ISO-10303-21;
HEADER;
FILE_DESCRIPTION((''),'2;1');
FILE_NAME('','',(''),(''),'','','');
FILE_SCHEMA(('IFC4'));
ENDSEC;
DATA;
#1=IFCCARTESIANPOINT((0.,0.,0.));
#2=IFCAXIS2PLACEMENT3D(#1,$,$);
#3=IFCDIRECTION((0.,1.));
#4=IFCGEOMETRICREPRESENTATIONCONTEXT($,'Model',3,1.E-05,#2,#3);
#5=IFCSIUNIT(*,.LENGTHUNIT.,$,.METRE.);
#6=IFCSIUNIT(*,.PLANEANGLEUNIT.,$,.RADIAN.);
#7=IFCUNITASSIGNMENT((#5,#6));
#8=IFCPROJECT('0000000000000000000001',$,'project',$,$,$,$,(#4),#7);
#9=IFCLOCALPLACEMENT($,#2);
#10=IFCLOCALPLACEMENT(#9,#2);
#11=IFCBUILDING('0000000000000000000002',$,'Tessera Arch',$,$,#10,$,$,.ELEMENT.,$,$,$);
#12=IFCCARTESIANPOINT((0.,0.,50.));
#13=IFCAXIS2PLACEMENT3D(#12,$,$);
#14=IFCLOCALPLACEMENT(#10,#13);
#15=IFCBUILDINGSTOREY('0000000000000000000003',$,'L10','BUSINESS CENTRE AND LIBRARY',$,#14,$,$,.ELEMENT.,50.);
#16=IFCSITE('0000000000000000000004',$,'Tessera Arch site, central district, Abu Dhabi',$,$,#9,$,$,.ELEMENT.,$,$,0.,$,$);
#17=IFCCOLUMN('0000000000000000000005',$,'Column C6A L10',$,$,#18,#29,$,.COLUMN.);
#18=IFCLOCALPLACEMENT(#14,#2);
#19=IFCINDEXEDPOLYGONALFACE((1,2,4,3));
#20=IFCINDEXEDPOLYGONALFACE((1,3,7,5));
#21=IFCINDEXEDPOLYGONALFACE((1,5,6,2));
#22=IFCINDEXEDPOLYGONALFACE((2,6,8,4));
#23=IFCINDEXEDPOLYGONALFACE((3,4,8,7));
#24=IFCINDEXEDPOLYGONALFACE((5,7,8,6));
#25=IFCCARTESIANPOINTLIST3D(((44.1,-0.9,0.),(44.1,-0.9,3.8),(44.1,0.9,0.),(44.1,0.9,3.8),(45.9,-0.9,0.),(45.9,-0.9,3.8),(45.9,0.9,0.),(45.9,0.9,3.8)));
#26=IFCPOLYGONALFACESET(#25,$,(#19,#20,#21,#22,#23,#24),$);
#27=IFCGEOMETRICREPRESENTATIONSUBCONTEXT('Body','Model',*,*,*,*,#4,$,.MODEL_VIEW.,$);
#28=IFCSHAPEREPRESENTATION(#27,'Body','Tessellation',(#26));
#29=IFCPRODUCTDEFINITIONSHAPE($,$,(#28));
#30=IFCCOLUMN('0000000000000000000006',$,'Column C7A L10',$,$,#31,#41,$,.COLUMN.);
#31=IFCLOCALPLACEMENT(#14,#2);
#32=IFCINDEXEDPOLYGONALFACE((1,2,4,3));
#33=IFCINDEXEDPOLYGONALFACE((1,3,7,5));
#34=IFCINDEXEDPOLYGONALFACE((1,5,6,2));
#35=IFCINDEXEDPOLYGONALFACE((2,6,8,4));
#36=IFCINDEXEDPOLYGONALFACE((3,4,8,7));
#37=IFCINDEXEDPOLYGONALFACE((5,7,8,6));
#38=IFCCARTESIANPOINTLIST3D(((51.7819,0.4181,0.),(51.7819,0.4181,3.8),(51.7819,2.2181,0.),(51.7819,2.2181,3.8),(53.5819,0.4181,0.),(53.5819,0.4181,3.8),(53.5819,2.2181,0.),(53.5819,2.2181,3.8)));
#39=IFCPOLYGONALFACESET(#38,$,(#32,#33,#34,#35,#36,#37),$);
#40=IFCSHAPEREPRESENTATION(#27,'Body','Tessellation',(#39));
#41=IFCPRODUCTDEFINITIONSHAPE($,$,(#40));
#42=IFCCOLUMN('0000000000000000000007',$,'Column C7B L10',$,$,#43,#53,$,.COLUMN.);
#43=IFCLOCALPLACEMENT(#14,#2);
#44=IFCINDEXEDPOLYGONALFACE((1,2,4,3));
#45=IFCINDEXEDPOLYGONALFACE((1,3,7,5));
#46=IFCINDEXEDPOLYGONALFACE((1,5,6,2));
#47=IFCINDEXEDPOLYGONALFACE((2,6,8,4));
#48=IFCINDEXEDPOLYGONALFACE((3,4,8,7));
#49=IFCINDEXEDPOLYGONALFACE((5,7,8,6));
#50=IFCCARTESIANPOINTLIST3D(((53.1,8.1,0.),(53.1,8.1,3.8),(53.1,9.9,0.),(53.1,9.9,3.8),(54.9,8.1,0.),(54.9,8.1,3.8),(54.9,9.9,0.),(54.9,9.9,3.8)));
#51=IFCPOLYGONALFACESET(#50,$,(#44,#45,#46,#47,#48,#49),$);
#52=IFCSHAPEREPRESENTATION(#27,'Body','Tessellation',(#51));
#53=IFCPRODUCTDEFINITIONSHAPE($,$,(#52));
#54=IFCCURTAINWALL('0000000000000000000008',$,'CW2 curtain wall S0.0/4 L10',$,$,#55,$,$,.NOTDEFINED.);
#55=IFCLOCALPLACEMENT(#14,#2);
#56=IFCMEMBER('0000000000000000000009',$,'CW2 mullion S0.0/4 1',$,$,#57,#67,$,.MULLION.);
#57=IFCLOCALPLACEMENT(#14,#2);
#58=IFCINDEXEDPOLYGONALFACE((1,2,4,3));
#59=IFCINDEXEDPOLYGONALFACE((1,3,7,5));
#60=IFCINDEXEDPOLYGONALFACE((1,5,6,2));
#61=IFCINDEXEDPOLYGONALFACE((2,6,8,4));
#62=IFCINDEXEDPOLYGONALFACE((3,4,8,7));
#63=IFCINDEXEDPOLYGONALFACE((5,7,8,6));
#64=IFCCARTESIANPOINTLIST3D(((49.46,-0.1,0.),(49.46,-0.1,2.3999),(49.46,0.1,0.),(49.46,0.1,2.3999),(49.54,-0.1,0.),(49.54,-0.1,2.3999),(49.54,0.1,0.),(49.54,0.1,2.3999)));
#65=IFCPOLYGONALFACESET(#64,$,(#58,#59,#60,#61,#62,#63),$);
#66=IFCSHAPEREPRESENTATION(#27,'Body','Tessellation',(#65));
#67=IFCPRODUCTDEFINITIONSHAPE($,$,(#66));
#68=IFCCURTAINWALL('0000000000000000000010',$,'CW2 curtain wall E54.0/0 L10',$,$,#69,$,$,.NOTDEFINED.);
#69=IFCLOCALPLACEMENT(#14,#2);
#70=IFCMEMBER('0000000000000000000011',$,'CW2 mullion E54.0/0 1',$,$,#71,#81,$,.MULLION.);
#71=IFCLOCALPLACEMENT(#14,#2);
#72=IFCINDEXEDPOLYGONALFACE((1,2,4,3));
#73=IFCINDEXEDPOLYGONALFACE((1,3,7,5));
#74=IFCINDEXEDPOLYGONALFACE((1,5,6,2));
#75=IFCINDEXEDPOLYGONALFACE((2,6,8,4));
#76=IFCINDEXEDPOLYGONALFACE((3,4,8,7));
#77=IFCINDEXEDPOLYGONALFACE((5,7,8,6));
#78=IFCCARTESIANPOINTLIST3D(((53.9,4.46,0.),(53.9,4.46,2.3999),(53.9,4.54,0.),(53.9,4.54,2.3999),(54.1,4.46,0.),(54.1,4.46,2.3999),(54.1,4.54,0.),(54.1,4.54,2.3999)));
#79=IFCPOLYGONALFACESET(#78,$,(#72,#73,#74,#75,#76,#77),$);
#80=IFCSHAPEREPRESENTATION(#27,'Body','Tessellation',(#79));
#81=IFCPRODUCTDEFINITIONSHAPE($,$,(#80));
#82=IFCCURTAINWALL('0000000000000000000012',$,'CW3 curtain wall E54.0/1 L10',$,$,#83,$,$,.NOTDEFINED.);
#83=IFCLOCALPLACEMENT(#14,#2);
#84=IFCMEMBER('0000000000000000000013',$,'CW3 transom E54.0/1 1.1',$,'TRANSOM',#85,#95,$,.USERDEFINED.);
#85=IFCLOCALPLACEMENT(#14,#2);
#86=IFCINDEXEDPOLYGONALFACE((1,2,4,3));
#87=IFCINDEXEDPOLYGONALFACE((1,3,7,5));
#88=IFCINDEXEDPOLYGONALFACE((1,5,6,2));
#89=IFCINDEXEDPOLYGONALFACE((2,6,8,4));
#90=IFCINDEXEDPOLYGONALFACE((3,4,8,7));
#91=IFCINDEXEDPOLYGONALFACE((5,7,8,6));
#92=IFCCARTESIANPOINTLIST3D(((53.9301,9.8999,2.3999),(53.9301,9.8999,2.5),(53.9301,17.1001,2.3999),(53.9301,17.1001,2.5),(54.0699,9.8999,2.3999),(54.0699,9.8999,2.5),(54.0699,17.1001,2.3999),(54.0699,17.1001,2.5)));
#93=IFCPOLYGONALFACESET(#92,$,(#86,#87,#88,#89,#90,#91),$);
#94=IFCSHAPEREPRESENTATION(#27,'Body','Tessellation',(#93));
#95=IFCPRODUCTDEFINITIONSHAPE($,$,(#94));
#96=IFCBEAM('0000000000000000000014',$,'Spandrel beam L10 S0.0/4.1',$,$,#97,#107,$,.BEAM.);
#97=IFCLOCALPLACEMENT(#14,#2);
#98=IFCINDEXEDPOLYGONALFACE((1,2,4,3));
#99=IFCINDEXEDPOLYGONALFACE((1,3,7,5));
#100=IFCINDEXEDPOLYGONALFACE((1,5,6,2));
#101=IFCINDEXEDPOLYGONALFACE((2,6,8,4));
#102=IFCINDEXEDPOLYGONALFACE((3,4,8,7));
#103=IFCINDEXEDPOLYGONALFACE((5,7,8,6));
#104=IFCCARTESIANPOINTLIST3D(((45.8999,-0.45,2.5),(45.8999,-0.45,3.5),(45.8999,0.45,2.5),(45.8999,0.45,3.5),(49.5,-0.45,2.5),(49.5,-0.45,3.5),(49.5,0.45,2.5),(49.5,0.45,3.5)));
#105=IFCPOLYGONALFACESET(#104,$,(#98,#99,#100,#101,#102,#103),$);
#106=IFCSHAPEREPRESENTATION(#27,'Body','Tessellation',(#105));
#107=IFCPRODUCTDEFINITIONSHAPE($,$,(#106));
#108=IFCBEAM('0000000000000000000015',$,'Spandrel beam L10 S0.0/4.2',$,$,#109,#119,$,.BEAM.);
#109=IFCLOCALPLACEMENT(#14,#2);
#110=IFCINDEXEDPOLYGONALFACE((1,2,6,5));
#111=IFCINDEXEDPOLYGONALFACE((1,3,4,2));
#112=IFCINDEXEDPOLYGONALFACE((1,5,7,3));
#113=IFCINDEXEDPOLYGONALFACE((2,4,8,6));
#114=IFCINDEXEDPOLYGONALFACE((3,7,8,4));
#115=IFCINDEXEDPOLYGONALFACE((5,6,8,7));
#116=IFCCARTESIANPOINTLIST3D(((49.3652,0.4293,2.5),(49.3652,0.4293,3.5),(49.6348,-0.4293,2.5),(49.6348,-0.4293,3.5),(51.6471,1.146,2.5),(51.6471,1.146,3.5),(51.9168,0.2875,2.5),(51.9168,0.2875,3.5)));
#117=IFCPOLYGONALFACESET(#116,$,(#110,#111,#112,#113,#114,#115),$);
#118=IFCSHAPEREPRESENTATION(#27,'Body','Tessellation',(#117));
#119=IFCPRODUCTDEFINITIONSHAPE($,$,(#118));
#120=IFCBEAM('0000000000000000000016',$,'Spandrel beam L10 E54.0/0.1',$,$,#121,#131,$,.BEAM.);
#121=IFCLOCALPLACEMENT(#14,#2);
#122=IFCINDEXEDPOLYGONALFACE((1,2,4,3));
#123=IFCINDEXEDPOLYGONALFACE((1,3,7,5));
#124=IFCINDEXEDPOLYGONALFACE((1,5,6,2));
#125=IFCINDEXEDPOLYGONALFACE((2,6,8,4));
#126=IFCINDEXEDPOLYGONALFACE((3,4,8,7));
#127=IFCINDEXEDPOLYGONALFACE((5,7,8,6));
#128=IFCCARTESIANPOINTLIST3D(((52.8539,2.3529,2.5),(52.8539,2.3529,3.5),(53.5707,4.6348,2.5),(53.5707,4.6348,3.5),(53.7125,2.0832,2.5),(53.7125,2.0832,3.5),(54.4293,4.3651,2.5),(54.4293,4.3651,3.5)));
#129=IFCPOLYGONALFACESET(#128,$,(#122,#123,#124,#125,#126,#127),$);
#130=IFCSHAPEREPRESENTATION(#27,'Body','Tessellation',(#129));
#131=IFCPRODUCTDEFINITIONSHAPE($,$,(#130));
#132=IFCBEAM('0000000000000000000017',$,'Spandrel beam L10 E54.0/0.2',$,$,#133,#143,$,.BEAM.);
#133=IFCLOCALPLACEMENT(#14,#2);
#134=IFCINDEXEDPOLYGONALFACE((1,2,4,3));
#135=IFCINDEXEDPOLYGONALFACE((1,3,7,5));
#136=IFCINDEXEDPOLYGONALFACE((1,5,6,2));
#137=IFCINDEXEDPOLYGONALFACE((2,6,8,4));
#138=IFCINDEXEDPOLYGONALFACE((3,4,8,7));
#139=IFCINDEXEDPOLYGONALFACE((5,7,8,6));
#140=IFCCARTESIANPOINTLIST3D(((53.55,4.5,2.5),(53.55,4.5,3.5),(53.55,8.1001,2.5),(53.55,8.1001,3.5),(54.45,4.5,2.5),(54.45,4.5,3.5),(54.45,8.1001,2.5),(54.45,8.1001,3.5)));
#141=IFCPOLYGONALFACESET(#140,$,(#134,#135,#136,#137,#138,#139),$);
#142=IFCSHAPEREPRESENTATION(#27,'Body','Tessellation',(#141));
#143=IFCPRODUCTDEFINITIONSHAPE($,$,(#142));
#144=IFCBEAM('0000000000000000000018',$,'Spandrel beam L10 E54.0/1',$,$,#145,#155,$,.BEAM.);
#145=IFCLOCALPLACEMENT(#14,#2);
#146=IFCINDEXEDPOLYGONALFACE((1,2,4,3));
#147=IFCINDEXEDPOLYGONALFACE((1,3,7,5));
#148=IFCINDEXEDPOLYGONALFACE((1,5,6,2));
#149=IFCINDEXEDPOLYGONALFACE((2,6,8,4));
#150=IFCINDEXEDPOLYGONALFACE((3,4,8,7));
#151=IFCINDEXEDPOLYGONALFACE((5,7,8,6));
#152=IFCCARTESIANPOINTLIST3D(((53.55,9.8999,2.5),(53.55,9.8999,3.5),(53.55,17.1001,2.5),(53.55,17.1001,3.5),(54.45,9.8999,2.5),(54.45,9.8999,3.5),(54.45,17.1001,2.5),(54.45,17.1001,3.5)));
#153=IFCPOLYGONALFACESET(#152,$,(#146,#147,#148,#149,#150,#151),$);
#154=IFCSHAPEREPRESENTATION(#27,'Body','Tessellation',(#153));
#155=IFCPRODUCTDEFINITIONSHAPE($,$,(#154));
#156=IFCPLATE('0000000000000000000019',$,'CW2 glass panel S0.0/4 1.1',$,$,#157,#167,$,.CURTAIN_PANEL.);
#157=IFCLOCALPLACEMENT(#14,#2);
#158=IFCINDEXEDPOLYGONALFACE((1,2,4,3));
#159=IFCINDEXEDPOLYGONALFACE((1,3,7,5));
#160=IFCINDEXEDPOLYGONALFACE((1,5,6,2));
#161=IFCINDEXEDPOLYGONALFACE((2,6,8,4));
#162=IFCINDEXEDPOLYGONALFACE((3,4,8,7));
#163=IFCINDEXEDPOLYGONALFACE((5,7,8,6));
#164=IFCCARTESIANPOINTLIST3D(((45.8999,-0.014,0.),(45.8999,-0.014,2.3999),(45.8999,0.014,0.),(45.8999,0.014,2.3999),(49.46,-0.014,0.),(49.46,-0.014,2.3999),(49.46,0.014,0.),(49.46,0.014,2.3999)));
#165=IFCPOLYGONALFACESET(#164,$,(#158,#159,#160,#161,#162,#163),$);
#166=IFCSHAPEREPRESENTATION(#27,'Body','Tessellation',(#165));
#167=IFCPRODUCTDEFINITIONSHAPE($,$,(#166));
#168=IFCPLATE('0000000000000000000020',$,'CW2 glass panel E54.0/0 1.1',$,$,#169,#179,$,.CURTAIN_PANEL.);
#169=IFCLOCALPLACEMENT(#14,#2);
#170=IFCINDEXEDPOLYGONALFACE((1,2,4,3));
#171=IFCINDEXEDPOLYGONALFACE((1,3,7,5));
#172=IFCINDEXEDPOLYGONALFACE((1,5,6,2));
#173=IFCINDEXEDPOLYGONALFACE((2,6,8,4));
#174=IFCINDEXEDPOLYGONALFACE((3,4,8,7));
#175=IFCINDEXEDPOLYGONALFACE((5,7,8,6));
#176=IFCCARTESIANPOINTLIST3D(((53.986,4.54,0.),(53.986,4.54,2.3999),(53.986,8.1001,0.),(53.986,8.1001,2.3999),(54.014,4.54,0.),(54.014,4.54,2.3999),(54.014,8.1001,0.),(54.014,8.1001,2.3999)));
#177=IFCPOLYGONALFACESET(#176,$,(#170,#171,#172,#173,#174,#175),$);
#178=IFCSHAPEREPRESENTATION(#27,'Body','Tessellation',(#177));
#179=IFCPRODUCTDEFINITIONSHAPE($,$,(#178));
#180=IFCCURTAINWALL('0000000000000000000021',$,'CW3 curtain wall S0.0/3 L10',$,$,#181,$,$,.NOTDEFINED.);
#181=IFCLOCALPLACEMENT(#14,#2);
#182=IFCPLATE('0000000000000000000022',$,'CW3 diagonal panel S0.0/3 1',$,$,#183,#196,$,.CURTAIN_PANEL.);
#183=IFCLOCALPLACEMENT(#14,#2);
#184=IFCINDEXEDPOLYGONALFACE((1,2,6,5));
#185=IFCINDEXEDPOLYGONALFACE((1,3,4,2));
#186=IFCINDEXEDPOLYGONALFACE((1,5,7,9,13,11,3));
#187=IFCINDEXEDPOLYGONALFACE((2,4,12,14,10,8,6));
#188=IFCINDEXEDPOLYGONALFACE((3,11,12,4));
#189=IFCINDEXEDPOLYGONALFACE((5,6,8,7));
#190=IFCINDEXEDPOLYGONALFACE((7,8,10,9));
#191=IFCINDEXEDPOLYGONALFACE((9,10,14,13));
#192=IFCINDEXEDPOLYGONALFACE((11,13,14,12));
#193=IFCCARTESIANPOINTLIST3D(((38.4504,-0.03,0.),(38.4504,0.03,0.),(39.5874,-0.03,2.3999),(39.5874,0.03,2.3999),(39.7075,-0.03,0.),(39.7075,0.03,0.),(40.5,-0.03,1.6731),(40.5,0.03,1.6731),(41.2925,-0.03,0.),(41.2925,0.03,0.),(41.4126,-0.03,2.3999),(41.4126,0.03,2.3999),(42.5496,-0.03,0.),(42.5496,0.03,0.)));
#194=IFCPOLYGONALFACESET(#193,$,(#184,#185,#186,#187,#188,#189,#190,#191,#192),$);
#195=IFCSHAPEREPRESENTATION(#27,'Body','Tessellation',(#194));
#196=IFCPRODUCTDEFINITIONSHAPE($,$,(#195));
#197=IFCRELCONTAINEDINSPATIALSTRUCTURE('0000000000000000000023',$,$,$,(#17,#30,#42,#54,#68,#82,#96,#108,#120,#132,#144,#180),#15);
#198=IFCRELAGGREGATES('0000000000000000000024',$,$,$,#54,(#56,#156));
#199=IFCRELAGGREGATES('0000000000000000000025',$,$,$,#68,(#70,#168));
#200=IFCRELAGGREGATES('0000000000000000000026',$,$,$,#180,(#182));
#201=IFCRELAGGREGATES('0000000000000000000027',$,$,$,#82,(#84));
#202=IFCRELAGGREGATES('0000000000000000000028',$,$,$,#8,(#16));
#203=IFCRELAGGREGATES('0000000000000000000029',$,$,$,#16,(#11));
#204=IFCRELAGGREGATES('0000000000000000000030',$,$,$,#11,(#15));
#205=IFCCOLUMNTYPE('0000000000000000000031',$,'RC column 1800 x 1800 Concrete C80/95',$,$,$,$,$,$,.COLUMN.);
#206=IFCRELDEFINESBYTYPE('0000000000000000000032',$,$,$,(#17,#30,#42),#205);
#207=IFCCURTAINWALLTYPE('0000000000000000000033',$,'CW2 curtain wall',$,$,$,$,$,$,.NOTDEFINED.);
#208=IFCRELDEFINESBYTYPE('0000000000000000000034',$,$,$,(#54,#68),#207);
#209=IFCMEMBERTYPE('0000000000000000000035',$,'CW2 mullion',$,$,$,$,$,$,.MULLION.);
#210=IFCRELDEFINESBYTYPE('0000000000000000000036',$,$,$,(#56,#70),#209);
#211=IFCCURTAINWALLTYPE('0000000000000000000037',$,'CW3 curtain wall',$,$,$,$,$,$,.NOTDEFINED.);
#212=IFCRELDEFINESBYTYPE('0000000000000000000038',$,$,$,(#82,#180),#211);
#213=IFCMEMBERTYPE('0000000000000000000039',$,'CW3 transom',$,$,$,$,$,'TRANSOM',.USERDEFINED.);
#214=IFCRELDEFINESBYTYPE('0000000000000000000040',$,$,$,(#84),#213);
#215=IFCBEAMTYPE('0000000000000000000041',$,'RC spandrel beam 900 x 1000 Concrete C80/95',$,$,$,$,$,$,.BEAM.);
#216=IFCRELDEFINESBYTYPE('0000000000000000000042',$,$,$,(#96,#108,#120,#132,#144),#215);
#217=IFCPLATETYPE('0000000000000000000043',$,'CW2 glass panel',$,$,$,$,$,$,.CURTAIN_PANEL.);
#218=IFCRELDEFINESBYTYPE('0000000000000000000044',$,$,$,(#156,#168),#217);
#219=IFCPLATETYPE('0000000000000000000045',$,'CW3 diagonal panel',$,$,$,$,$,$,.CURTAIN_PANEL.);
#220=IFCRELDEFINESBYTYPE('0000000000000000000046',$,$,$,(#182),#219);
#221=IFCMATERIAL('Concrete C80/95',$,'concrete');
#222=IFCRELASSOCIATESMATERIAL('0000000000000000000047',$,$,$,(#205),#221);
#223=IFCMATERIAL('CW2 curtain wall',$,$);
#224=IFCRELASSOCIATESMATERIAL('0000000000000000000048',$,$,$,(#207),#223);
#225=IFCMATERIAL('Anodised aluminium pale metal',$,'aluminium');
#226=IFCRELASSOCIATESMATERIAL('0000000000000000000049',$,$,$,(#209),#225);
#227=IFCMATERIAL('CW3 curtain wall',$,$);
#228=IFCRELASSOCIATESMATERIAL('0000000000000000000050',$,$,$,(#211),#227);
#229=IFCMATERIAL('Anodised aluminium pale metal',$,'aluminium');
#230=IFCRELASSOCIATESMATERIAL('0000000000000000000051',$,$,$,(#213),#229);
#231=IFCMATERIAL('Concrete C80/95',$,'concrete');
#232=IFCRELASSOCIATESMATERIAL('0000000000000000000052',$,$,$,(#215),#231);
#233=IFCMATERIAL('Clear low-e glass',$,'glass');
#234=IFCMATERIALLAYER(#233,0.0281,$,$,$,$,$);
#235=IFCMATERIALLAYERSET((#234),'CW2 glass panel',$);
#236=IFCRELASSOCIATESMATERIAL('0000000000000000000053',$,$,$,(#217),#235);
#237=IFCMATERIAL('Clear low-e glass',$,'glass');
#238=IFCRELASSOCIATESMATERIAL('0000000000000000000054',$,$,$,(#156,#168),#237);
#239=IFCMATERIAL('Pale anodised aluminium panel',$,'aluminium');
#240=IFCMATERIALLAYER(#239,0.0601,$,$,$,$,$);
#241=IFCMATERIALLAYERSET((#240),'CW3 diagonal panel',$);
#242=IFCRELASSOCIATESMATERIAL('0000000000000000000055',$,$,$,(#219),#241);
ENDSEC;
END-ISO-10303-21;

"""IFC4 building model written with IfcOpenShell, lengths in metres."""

from ifc_helpers import new_model, si_unit, direction, frame, origin, origin_2d, place, context, subcontext, project, spatial, polyline, rectangle, outline, extrude, material, layer, layer_set, material_profile, profile_set, type_object, element, aggregate, save


model = new_model("IFC4")

# Units and contexts
model_context = context("Model", 3, precision=1e-05, world=origin(), true_north=direction((0.0, 1.0)))
body_context = subcontext(model_context, "Body", "Model", "MODEL_VIEW")
ifc_project = project(units=[si_unit("LENGTHUNIT", "METRE"), si_unit("PLANEANGLEUNIT", "RADIAN")], contexts=[model_context])

# Site, building, storey
site_placement = place(None, origin())
site = spatial("IfcSite", under=ifc_project, at=site_placement, Name="Tessera Arch site, central district, Abu Dhabi", CompositionType="ELEMENT", RefElevation=0.0)
building_placement = place(site_placement, origin())
building = spatial("IfcBuilding", under=site, at=building_placement, Name="Tessera Arch", CompositionType="ELEMENT")
storey_placement = place(building_placement, frame((0.0, 0.0, 50.0)))
storey = spatial("IfcBuildingStorey", under=building, at=storey_placement, Name="L10", Description="BUSINESS CENTRE AND LIBRARY", CompositionType="ELEMENT", Elevation=50.0)

# Columns
ifc_material_1 = material(Name="Concrete C80/95", Category="concrete")
ifc_material_profile_1 = material_profile(ifc_material_1, rectangle(XDim=1.8, YDim=1.8, at=origin_2d()), Name="RC column 1800 x 1800 Concrete C80/95")
ifc_profile_set_1 = profile_set([ifc_material_profile_1], Name="Concrete C80/95")
column_type = type_object("IfcColumnType", Name="RC column 1800 x 1800 Concrete C80/95", PredefinedType="COLUMN", material=ifc_profile_set_1)
for number, where, z_axis, x_axis, name in (
    (1, (45.0, 0.0, 0.0), (0.0, 0.0, 1.0), (1.0, 0.0, 0.0), "Column C6A L10"),
    (2, (52.6819, 1.3181, 0.0), (0.0, 0.0, 1.0), (1.0, 0.0, 0.0), "Column C7A L10"),
    (3, (54.0, 9.0, 0.0), (0.0, 0.0, 1.0), (1.0, 0.0, 0.0), "Column C7B L10"),
):
    element("IfcColumn", number, at=place(storey_placement, frame(where, z_axis=z_axis, x_axis=x_axis)), inside=storey, type_object=column_type, Name=name, PredefinedType="COLUMN", context=body_context, shape_type="SweptSolid", body=[
        extrude(rectangle(XDim=1.8, YDim=1.8, at=origin_2d()), origin(), (0.0, 0.0, 1.0), 3.8),
    ])

# Curtain walls, members
ifc_material_2 = material(Name="CW2 curtain wall")
curtain_wall_type_1 = type_object("IfcCurtainWallType", Name="CW2 curtain wall", PredefinedType="NOTDEFINED", material=ifc_material_2)
curtain_wall_1_placement = place(storey_placement, origin())
curtain_wall_1 = element("IfcCurtainWall", 4, at=curtain_wall_1_placement, inside=storey, type_object=curtain_wall_type_1, Name="CW2 curtain wall S0.0/4 L10", PredefinedType="NOTDEFINED")
ifc_material_3 = material(Name="Anodised aluminium pale metal", Category="aluminium")
ifc_material_profile_2 = material_profile(ifc_material_3, rectangle(XDim=0.2, YDim=0.0801, at=origin_2d()), Name="AL 80x200")
ifc_profile_set_2 = profile_set([ifc_material_profile_2], Name="Anodised aluminium pale metal")
member_type_1 = type_object("IfcMemberType", Name="CW2 mullion", PredefinedType="MULLION", material=ifc_profile_set_2)
member_1_placement = place(storey_placement, frame((49.5, 0.0, 0.0), z_axis=(0.0, 0.0, 1.0), x_axis=(0.0, 1.0, 0.0)))
member_1 = element("IfcMember", 5, at=member_1_placement, type_object=member_type_1, Name="CW2 mullion S0.0/4 1", PredefinedType="MULLION", context=body_context, shape_type="SweptSolid", body=[
    extrude(rectangle(XDim=0.2, YDim=0.0801, at=origin_2d()), origin(), (0.0, 0.0, 1.0), 2.3999),
])
curtain_wall_2_placement = place(storey_placement, origin())
curtain_wall_2 = element("IfcCurtainWall", 6, at=curtain_wall_2_placement, inside=storey, type_object=curtain_wall_type_1, Name="CW2 curtain wall E54.0/0 L10", PredefinedType="NOTDEFINED")
member_2_placement = place(storey_placement, frame((54.0, 4.5, 0.0), z_axis=(0.0, 0.0, 1.0), x_axis=(-1.0, 0.0, 0.0)))
member_2 = element("IfcMember", 7, at=member_2_placement, type_object=member_type_1, Name="CW2 mullion E54.0/0 1", PredefinedType="MULLION", context=body_context, shape_type="SweptSolid", body=[
    extrude(rectangle(XDim=0.2, YDim=0.0801, at=origin_2d()), origin(), (0.0, 0.0, 1.0), 2.3999),
])
ifc_material_4 = material(Name="CW3 curtain wall")
curtain_wall_type_2 = type_object("IfcCurtainWallType", Name="CW3 curtain wall", PredefinedType="NOTDEFINED", material=ifc_material_4)
curtain_wall_3_placement = place(storey_placement, origin())
curtain_wall_3 = element("IfcCurtainWall", 8, at=curtain_wall_3_placement, inside=storey, type_object=curtain_wall_type_2, Name="CW3 curtain wall E54.0/1 L10", PredefinedType="NOTDEFINED")
ifc_material_5 = material(Name="Anodised aluminium pale metal", Category="aluminium")
ifc_material_profile_3 = material_profile(ifc_material_5, rectangle(XDim=0.1399, YDim=0.1001, at=origin_2d()), Name="AL 140x100")
ifc_profile_set_3 = profile_set([ifc_material_profile_3], Name="Anodised aluminium pale metal")
member_type_2 = type_object("IfcMemberType", Name="CW3 transom", ElementType="TRANSOM", PredefinedType="USERDEFINED", material=ifc_profile_set_3)
member_3_placement = place(storey_placement, frame((54.0, 9.8999, 2.45), z_axis=(0.0, 1.0, 0.0), x_axis=(-1.0, 0.0, 0.0)))
member_3 = element("IfcMember", 9, at=member_3_placement, type_object=member_type_2, Name="CW3 transom E54.0/1 1.1", ObjectType="TRANSOM", PredefinedType="USERDEFINED", context=body_context, shape_type="SweptSolid", body=[
    extrude(rectangle(XDim=0.1399, YDim=0.1001, at=origin_2d()), origin(), (0.0, 0.0, 1.0), 7.2002),
])

# Beams
ifc_material_6 = material(Name="Concrete C80/95", Category="concrete")
ifc_material_profile_4 = material_profile(ifc_material_6, rectangle(XDim=0.8999, YDim=1.0, at=origin_2d()), Name="RC spandrel beam 900 x 1000 Concrete C80/95")
ifc_profile_set_4 = profile_set([ifc_material_profile_4], Name="Concrete C80/95")
beam_type = type_object("IfcBeamType", Name="RC spandrel beam 900 x 1000 Concrete C80/95", PredefinedType="BEAM", material=ifc_profile_set_4)
beam_1_placement = place(storey_placement, frame((45.8999, 0.0, 3.0), z_axis=(1.0, 0.0, 0.0), x_axis=(0.0, 1.0, 0.0)))
element("IfcBeam", 10, at=beam_1_placement, inside=storey, type_object=beam_type, Name="Spandrel beam L10 S0.0/4.1", PredefinedType="BEAM", context=body_context, shape_type="SweptSolid", body=[
    extrude(rectangle(XDim=0.8999, YDim=1.0, at=origin_2d()), origin(), (0.0, 0.0, 1.0), 3.6001),
])
for number, where, z_axis, x_axis, name in (
    (11, (49.5, 0.0, 3.0), (0.954041, 0.299675, 0.0), (-0.299675, 0.954041, 0.0), "Spandrel beam L10 S0.0/4.2"),
    (12, (53.2832, 2.218, 3.0), (0.299675, 0.954041, 0.0), (-0.954041, 0.299675, 0.0), "Spandrel beam L10 E54.0/0.1"),
):
    element("IfcBeam", number, at=place(storey_placement, frame(where, z_axis=z_axis, x_axis=x_axis)), inside=storey, type_object=beam_type, Name=name, PredefinedType="BEAM", context=body_context, shape_type="SweptSolid", body=[
        extrude(rectangle(XDim=0.8999, YDim=1.0, at=origin_2d()), origin(), (0.0, 0.0, 1.0), 2.3918),
    ])
beam_2_placement = place(storey_placement, frame((54.0, 4.5, 3.0), z_axis=(0.0, 1.0, 0.0), x_axis=(-1.0, 0.0, 0.0)))
element("IfcBeam", 13, at=beam_2_placement, inside=storey, type_object=beam_type, Name="Spandrel beam L10 E54.0/0.2", PredefinedType="BEAM", context=body_context, shape_type="SweptSolid", body=[
    extrude(rectangle(XDim=0.8999, YDim=1.0, at=origin_2d()), origin(), (0.0, 0.0, 1.0), 3.6001),
])
beam_3_placement = place(storey_placement, frame((54.0, 9.8999, 3.0), z_axis=(0.0, 1.0, 0.0), x_axis=(-1.0, 0.0, 0.0)))
element("IfcBeam", 14, at=beam_3_placement, inside=storey, type_object=beam_type, Name="Spandrel beam L10 E54.0/1", PredefinedType="BEAM", context=body_context, shape_type="SweptSolid", body=[
    extrude(rectangle(XDim=0.8999, YDim=1.0, at=origin_2d()), origin(), (0.0, 0.0, 1.0), 7.2002),
])

# Plates
ifc_material_7 = material(Name="Clear low-e glass", Category="glass")
ifc_material_8 = material(Name="Clear low-e glass", Category="glass")
ifc_layer_1 = layer(ifc_material_8, 0.0281)
ifc_layer_set_1 = layer_set([ifc_layer_1], Name="CW2 glass panel")
plate_type_1 = type_object("IfcPlateType", Name="CW2 glass panel", PredefinedType="CURTAIN_PANEL", material=ifc_layer_set_1)
plate_1_placement = place(storey_placement, frame((47.6799, 0.0, 0.0), z_axis=(0.0, 0.0, 1.0), x_axis=(1.0, 0.0, 0.0)))
plate_1 = element("IfcPlate", 15, at=plate_1_placement, type_object=plate_type_1, material=ifc_material_7, Name="CW2 glass panel S0.0/4 1.1", PredefinedType="CURTAIN_PANEL", context=body_context, shape_type="SweptSolid", body=[
    extrude(rectangle(XDim=3.5601, YDim=0.0281, at=origin_2d()), origin(), (0.0, 0.0, 1.0), 2.3999),
])
aggregate(curtain_wall_1, [member_1, plate_1])
plate_2_placement = place(storey_placement, frame((54.0, 6.3201, 0.0), z_axis=(0.0, 0.0, 1.0), x_axis=(0.0, 1.0, 0.0)))
plate_2 = element("IfcPlate", 16, at=plate_2_placement, type_object=plate_type_1, material=ifc_material_7, Name="CW2 glass panel E54.0/0 1.1", PredefinedType="CURTAIN_PANEL", context=body_context, shape_type="SweptSolid", body=[
    extrude(rectangle(XDim=3.5601, YDim=0.0281, at=origin_2d()), origin(), (0.0, 0.0, 1.0), 2.3999),
])
aggregate(curtain_wall_2, [member_2, plate_2])

# Curtain wall, plate
curtain_wall_4_placement = place(storey_placement, origin())
curtain_wall_4 = element("IfcCurtainWall", 17, at=curtain_wall_4_placement, inside=storey, type_object=curtain_wall_type_2, Name="CW3 curtain wall S0.0/3 L10", PredefinedType="NOTDEFINED")
ifc_material_9 = material(Name="Pale anodised aluminium panel", Category="aluminium")
ifc_layer_2 = layer(ifc_material_9, 0.0601)
ifc_layer_set_2 = layer_set([ifc_layer_2], Name="CW3 diagonal panel")
plate_type_2 = type_object("IfcPlateType", Name="CW3 diagonal panel", PredefinedType="CURTAIN_PANEL", material=ifc_layer_set_2)
plate_3_placement = place(storey_placement, frame((41.4126, -0.03, 2.3999), z_axis=(0.0, -1.0, 0.0), x_axis=(-1.0, 0.0, 0.0)))
plate_3 = element("IfcPlate", 18, at=plate_3_placement, type_object=plate_type_2, Name="CW3 diagonal panel S0.0/3 1", PredefinedType="CURTAIN_PANEL", context=body_context, shape_type="SweptSolid", body=[
    extrude(outline(polyline([(0.0, 0.0), (1.8252, 0.0), (2.9622, 2.3999), (1.7051, 2.3999), (0.9126, 0.7268), (0.1201, 2.3999), (-1.137, 2.3999), (0.0, 0.0)])), origin(), (0.0, 0.0, -1.0), 0.0601),
])

aggregate(curtain_wall_4, [plate_3])
aggregate(curtain_wall_3, [member_3])

save(model, "model.ifc")
